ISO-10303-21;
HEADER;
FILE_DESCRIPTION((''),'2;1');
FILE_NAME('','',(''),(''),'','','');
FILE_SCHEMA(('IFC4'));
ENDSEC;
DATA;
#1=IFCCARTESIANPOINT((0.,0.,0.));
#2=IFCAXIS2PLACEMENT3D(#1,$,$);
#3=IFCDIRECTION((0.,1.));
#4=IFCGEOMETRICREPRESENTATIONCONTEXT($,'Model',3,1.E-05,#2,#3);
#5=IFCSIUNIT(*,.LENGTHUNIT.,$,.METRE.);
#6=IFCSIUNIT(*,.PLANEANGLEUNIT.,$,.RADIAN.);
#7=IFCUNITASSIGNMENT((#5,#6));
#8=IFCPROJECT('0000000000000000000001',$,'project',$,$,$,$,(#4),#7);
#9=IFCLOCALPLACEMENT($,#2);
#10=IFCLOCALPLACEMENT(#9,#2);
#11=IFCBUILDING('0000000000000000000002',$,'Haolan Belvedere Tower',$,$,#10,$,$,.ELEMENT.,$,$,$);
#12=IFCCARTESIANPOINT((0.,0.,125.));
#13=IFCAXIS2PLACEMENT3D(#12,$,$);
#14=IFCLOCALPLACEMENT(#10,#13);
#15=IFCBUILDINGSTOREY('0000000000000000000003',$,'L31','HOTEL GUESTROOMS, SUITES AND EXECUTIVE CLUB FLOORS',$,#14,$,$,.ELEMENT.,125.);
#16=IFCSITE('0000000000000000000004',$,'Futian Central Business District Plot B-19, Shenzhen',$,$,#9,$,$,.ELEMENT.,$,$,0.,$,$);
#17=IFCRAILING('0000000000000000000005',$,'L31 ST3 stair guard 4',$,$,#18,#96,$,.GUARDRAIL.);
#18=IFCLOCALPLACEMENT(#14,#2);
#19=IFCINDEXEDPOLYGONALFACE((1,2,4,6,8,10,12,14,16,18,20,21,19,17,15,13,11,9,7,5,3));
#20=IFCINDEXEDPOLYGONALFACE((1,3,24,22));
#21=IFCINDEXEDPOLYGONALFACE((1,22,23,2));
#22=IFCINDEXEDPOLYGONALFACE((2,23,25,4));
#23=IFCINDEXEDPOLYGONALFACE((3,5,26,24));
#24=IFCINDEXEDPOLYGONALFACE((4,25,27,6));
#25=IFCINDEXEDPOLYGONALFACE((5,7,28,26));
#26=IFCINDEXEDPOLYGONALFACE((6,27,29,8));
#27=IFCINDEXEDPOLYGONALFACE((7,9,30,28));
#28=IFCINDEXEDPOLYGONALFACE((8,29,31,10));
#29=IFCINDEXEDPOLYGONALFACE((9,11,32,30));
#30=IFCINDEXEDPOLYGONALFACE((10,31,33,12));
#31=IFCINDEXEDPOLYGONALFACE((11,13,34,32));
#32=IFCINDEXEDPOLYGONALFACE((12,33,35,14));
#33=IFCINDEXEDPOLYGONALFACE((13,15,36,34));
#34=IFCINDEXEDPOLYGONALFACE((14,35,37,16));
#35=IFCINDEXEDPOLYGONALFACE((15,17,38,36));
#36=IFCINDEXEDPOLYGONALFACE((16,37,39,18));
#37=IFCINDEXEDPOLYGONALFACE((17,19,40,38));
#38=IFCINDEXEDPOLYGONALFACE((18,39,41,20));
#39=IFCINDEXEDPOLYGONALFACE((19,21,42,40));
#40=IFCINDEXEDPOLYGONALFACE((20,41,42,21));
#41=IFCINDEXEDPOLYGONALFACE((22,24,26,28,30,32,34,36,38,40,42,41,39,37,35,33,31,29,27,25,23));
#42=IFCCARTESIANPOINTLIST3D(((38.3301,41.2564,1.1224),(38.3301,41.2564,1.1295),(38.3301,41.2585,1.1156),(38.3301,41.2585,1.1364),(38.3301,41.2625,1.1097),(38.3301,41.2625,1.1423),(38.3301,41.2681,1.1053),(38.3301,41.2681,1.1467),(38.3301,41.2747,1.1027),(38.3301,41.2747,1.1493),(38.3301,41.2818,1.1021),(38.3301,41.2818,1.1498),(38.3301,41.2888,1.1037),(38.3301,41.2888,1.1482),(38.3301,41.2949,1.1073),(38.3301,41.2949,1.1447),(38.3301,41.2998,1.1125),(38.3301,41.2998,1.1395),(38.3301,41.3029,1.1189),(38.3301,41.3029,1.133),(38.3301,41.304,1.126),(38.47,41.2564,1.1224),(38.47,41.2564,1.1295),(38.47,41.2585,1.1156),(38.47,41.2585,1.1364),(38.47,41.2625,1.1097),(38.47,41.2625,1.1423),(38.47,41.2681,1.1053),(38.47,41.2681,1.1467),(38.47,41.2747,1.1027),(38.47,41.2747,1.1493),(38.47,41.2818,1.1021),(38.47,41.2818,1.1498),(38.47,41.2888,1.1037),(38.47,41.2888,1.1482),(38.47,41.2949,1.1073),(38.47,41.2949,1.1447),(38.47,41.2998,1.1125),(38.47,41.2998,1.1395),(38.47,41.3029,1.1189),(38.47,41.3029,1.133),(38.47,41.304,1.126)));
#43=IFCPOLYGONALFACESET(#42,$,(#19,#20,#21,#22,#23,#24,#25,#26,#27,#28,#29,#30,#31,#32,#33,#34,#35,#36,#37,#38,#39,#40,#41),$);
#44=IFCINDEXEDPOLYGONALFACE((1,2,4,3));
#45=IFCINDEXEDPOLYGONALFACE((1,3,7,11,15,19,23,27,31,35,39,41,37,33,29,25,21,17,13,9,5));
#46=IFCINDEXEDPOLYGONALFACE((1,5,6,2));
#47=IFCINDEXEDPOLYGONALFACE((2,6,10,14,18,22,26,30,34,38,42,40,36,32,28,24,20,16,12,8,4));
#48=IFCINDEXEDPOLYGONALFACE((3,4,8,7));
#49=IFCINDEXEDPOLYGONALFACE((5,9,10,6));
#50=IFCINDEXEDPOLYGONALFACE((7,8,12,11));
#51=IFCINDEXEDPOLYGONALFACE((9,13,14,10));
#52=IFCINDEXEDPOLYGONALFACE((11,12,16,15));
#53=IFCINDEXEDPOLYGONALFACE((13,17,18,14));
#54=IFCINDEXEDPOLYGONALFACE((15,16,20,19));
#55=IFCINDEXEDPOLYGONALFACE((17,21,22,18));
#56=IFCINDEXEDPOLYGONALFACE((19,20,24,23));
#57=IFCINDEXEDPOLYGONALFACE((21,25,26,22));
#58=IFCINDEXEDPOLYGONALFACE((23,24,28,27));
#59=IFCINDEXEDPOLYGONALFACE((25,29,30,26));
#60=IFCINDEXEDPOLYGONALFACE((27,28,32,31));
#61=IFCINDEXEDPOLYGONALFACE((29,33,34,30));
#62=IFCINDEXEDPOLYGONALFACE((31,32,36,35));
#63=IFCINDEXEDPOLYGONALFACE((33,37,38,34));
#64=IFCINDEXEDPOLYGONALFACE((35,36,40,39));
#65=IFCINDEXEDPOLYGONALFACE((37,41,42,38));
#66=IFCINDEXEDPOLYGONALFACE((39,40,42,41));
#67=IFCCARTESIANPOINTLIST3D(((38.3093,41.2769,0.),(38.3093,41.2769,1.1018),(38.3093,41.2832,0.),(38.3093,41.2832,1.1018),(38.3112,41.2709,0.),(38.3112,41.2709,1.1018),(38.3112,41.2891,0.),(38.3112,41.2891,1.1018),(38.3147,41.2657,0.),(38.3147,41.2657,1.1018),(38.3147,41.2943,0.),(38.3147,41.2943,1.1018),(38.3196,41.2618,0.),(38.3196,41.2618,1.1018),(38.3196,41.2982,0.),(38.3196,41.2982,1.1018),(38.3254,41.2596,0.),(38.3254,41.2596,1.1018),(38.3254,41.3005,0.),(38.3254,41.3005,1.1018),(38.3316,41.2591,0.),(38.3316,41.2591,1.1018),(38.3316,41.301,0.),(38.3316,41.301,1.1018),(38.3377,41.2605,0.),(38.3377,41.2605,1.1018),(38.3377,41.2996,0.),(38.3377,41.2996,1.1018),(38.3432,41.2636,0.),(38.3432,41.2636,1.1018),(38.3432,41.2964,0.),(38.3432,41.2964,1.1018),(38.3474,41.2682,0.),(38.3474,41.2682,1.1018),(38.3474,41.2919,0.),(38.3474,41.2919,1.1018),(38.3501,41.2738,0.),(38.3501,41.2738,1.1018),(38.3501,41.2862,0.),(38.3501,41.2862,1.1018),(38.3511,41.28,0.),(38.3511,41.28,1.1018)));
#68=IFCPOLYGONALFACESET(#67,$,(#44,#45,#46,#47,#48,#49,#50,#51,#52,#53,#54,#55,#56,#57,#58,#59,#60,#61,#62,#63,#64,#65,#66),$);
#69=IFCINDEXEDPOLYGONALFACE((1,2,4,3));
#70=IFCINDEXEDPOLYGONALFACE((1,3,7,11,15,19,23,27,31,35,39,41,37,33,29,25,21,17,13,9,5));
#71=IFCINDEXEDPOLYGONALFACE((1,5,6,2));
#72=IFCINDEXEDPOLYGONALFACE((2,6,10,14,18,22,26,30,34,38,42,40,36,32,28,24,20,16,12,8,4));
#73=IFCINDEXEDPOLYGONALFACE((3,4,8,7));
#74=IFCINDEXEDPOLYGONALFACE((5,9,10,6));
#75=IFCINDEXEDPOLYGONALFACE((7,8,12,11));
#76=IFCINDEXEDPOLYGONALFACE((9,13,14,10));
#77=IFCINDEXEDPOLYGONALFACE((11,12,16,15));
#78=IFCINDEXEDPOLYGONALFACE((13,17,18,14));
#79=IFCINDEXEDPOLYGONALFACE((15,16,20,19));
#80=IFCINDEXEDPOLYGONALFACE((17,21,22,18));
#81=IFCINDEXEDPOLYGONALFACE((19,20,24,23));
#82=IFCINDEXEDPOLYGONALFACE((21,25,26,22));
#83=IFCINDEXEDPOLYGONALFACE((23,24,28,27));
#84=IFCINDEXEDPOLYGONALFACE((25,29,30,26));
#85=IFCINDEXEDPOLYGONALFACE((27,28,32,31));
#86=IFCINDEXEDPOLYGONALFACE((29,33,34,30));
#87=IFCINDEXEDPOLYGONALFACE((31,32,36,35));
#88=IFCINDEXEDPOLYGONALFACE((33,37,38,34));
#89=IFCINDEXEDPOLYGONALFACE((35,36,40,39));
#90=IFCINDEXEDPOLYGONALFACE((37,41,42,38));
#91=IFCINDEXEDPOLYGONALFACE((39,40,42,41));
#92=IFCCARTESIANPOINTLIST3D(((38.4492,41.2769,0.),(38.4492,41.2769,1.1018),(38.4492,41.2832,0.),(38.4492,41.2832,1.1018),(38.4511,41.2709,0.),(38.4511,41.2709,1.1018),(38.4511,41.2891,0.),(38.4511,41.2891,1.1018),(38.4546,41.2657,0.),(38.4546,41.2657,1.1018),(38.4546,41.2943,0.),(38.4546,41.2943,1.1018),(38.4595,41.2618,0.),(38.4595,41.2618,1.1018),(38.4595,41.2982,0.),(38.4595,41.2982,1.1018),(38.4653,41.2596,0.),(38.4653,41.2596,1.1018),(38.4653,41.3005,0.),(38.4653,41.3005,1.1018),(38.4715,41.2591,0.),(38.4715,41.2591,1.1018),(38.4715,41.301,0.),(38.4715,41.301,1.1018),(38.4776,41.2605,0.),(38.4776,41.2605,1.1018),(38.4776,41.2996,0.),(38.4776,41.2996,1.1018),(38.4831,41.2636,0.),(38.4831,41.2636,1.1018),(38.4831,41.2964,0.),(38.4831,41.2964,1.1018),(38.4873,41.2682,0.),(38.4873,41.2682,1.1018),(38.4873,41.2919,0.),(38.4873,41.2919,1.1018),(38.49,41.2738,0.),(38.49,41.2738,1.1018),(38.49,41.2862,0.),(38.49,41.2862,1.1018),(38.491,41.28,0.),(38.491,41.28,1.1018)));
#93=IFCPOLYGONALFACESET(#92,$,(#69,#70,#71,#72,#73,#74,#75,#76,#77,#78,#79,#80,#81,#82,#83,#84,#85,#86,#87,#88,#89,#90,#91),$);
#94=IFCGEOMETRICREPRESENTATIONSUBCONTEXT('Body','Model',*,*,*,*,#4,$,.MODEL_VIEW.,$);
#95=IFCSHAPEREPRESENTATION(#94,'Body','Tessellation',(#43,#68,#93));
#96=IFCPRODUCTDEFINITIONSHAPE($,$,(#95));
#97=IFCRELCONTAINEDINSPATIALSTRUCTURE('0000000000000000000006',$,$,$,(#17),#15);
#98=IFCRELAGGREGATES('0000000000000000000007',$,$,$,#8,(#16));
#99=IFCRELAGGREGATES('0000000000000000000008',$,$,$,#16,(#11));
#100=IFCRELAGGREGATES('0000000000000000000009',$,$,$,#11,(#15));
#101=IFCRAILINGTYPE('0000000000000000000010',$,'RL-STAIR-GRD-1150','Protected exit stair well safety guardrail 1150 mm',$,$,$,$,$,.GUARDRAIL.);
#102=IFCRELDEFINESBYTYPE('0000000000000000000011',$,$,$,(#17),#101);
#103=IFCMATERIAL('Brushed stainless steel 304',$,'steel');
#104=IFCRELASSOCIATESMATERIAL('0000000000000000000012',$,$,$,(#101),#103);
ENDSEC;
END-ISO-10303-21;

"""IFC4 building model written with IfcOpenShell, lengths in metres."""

from ifc_helpers import new_model, si_unit, direction, frame, origin, origin_2d, place, context, subcontext, project, spatial, circle, extrude, material, type_object, element, save


model = new_model("IFC4")

# Units and contexts
model_context = context("Model", 3, precision=1e-05, world=origin(), true_north=direction((0.0, 1.0)))
body_context = subcontext(model_context, "Body", "Model", "MODEL_VIEW")
ifc_project = project(units=[si_unit("LENGTHUNIT", "METRE"), si_unit("PLANEANGLEUNIT", "RADIAN")], contexts=[model_context])

# Site, building, storey
site_placement = place(None, origin())
site = spatial("IfcSite", under=ifc_project, at=site_placement, Name="Futian Central Business District Plot B-19, Shenzhen", CompositionType="ELEMENT", RefElevation=0.0)
building_placement = place(site_placement, origin())
building = spatial("IfcBuilding", under=site, at=building_placement, Name="Haolan Belvedere Tower", CompositionType="ELEMENT")
storey_placement = place(building_placement, frame((0.0, 0.0, 125.0)))
storey = spatial("IfcBuildingStorey", under=building, at=storey_placement, Name="L31", Description="HOTEL GUESTROOMS, SUITES AND EXECUTIVE CLUB FLOORS", CompositionType="ELEMENT", Elevation=125.0)

# Railing
ifc_material_1 = material(Name="Brushed stainless steel 304", Category="steel")
railing_type_1 = type_object("IfcRailingType", Name="RL-STAIR-GRD-1150", Description="Protected exit stair well safety guardrail 1150 mm", PredefinedType="GUARDRAIL", material=ifc_material_1)
railing_1_placement = place(storey_placement, frame((38.3301, 41.28, 0.0)))
element("IfcRailing", 1, at=railing_1_placement, inside=storey, type_object=railing_type_1, Name="L31 ST3 stair guard 4", PredefinedType="GUARDRAIL", context=body_context, shape_type="SweptSolid", body=[
    extrude(circle(Radius=0.0239, at=origin_2d()), frame((0.0, 0.0, 1.126), z_axis=(1.0, 0.0, 0.0), x_axis=(0.0, 1.0, 0.0)), (0.0, 0.0, 1.0), 0.1399),
    extrude(circle(Radius=0.021, at=origin_2d()), origin(), (0.0, 0.0, 1.0), 1.1018),
    extrude(circle(Radius=0.021, at=origin_2d()), frame((0.1399, 0.0, 0.0)), (0.0, 0.0, 1.0), 1.1018),
])

save(model, "model.ifc")
